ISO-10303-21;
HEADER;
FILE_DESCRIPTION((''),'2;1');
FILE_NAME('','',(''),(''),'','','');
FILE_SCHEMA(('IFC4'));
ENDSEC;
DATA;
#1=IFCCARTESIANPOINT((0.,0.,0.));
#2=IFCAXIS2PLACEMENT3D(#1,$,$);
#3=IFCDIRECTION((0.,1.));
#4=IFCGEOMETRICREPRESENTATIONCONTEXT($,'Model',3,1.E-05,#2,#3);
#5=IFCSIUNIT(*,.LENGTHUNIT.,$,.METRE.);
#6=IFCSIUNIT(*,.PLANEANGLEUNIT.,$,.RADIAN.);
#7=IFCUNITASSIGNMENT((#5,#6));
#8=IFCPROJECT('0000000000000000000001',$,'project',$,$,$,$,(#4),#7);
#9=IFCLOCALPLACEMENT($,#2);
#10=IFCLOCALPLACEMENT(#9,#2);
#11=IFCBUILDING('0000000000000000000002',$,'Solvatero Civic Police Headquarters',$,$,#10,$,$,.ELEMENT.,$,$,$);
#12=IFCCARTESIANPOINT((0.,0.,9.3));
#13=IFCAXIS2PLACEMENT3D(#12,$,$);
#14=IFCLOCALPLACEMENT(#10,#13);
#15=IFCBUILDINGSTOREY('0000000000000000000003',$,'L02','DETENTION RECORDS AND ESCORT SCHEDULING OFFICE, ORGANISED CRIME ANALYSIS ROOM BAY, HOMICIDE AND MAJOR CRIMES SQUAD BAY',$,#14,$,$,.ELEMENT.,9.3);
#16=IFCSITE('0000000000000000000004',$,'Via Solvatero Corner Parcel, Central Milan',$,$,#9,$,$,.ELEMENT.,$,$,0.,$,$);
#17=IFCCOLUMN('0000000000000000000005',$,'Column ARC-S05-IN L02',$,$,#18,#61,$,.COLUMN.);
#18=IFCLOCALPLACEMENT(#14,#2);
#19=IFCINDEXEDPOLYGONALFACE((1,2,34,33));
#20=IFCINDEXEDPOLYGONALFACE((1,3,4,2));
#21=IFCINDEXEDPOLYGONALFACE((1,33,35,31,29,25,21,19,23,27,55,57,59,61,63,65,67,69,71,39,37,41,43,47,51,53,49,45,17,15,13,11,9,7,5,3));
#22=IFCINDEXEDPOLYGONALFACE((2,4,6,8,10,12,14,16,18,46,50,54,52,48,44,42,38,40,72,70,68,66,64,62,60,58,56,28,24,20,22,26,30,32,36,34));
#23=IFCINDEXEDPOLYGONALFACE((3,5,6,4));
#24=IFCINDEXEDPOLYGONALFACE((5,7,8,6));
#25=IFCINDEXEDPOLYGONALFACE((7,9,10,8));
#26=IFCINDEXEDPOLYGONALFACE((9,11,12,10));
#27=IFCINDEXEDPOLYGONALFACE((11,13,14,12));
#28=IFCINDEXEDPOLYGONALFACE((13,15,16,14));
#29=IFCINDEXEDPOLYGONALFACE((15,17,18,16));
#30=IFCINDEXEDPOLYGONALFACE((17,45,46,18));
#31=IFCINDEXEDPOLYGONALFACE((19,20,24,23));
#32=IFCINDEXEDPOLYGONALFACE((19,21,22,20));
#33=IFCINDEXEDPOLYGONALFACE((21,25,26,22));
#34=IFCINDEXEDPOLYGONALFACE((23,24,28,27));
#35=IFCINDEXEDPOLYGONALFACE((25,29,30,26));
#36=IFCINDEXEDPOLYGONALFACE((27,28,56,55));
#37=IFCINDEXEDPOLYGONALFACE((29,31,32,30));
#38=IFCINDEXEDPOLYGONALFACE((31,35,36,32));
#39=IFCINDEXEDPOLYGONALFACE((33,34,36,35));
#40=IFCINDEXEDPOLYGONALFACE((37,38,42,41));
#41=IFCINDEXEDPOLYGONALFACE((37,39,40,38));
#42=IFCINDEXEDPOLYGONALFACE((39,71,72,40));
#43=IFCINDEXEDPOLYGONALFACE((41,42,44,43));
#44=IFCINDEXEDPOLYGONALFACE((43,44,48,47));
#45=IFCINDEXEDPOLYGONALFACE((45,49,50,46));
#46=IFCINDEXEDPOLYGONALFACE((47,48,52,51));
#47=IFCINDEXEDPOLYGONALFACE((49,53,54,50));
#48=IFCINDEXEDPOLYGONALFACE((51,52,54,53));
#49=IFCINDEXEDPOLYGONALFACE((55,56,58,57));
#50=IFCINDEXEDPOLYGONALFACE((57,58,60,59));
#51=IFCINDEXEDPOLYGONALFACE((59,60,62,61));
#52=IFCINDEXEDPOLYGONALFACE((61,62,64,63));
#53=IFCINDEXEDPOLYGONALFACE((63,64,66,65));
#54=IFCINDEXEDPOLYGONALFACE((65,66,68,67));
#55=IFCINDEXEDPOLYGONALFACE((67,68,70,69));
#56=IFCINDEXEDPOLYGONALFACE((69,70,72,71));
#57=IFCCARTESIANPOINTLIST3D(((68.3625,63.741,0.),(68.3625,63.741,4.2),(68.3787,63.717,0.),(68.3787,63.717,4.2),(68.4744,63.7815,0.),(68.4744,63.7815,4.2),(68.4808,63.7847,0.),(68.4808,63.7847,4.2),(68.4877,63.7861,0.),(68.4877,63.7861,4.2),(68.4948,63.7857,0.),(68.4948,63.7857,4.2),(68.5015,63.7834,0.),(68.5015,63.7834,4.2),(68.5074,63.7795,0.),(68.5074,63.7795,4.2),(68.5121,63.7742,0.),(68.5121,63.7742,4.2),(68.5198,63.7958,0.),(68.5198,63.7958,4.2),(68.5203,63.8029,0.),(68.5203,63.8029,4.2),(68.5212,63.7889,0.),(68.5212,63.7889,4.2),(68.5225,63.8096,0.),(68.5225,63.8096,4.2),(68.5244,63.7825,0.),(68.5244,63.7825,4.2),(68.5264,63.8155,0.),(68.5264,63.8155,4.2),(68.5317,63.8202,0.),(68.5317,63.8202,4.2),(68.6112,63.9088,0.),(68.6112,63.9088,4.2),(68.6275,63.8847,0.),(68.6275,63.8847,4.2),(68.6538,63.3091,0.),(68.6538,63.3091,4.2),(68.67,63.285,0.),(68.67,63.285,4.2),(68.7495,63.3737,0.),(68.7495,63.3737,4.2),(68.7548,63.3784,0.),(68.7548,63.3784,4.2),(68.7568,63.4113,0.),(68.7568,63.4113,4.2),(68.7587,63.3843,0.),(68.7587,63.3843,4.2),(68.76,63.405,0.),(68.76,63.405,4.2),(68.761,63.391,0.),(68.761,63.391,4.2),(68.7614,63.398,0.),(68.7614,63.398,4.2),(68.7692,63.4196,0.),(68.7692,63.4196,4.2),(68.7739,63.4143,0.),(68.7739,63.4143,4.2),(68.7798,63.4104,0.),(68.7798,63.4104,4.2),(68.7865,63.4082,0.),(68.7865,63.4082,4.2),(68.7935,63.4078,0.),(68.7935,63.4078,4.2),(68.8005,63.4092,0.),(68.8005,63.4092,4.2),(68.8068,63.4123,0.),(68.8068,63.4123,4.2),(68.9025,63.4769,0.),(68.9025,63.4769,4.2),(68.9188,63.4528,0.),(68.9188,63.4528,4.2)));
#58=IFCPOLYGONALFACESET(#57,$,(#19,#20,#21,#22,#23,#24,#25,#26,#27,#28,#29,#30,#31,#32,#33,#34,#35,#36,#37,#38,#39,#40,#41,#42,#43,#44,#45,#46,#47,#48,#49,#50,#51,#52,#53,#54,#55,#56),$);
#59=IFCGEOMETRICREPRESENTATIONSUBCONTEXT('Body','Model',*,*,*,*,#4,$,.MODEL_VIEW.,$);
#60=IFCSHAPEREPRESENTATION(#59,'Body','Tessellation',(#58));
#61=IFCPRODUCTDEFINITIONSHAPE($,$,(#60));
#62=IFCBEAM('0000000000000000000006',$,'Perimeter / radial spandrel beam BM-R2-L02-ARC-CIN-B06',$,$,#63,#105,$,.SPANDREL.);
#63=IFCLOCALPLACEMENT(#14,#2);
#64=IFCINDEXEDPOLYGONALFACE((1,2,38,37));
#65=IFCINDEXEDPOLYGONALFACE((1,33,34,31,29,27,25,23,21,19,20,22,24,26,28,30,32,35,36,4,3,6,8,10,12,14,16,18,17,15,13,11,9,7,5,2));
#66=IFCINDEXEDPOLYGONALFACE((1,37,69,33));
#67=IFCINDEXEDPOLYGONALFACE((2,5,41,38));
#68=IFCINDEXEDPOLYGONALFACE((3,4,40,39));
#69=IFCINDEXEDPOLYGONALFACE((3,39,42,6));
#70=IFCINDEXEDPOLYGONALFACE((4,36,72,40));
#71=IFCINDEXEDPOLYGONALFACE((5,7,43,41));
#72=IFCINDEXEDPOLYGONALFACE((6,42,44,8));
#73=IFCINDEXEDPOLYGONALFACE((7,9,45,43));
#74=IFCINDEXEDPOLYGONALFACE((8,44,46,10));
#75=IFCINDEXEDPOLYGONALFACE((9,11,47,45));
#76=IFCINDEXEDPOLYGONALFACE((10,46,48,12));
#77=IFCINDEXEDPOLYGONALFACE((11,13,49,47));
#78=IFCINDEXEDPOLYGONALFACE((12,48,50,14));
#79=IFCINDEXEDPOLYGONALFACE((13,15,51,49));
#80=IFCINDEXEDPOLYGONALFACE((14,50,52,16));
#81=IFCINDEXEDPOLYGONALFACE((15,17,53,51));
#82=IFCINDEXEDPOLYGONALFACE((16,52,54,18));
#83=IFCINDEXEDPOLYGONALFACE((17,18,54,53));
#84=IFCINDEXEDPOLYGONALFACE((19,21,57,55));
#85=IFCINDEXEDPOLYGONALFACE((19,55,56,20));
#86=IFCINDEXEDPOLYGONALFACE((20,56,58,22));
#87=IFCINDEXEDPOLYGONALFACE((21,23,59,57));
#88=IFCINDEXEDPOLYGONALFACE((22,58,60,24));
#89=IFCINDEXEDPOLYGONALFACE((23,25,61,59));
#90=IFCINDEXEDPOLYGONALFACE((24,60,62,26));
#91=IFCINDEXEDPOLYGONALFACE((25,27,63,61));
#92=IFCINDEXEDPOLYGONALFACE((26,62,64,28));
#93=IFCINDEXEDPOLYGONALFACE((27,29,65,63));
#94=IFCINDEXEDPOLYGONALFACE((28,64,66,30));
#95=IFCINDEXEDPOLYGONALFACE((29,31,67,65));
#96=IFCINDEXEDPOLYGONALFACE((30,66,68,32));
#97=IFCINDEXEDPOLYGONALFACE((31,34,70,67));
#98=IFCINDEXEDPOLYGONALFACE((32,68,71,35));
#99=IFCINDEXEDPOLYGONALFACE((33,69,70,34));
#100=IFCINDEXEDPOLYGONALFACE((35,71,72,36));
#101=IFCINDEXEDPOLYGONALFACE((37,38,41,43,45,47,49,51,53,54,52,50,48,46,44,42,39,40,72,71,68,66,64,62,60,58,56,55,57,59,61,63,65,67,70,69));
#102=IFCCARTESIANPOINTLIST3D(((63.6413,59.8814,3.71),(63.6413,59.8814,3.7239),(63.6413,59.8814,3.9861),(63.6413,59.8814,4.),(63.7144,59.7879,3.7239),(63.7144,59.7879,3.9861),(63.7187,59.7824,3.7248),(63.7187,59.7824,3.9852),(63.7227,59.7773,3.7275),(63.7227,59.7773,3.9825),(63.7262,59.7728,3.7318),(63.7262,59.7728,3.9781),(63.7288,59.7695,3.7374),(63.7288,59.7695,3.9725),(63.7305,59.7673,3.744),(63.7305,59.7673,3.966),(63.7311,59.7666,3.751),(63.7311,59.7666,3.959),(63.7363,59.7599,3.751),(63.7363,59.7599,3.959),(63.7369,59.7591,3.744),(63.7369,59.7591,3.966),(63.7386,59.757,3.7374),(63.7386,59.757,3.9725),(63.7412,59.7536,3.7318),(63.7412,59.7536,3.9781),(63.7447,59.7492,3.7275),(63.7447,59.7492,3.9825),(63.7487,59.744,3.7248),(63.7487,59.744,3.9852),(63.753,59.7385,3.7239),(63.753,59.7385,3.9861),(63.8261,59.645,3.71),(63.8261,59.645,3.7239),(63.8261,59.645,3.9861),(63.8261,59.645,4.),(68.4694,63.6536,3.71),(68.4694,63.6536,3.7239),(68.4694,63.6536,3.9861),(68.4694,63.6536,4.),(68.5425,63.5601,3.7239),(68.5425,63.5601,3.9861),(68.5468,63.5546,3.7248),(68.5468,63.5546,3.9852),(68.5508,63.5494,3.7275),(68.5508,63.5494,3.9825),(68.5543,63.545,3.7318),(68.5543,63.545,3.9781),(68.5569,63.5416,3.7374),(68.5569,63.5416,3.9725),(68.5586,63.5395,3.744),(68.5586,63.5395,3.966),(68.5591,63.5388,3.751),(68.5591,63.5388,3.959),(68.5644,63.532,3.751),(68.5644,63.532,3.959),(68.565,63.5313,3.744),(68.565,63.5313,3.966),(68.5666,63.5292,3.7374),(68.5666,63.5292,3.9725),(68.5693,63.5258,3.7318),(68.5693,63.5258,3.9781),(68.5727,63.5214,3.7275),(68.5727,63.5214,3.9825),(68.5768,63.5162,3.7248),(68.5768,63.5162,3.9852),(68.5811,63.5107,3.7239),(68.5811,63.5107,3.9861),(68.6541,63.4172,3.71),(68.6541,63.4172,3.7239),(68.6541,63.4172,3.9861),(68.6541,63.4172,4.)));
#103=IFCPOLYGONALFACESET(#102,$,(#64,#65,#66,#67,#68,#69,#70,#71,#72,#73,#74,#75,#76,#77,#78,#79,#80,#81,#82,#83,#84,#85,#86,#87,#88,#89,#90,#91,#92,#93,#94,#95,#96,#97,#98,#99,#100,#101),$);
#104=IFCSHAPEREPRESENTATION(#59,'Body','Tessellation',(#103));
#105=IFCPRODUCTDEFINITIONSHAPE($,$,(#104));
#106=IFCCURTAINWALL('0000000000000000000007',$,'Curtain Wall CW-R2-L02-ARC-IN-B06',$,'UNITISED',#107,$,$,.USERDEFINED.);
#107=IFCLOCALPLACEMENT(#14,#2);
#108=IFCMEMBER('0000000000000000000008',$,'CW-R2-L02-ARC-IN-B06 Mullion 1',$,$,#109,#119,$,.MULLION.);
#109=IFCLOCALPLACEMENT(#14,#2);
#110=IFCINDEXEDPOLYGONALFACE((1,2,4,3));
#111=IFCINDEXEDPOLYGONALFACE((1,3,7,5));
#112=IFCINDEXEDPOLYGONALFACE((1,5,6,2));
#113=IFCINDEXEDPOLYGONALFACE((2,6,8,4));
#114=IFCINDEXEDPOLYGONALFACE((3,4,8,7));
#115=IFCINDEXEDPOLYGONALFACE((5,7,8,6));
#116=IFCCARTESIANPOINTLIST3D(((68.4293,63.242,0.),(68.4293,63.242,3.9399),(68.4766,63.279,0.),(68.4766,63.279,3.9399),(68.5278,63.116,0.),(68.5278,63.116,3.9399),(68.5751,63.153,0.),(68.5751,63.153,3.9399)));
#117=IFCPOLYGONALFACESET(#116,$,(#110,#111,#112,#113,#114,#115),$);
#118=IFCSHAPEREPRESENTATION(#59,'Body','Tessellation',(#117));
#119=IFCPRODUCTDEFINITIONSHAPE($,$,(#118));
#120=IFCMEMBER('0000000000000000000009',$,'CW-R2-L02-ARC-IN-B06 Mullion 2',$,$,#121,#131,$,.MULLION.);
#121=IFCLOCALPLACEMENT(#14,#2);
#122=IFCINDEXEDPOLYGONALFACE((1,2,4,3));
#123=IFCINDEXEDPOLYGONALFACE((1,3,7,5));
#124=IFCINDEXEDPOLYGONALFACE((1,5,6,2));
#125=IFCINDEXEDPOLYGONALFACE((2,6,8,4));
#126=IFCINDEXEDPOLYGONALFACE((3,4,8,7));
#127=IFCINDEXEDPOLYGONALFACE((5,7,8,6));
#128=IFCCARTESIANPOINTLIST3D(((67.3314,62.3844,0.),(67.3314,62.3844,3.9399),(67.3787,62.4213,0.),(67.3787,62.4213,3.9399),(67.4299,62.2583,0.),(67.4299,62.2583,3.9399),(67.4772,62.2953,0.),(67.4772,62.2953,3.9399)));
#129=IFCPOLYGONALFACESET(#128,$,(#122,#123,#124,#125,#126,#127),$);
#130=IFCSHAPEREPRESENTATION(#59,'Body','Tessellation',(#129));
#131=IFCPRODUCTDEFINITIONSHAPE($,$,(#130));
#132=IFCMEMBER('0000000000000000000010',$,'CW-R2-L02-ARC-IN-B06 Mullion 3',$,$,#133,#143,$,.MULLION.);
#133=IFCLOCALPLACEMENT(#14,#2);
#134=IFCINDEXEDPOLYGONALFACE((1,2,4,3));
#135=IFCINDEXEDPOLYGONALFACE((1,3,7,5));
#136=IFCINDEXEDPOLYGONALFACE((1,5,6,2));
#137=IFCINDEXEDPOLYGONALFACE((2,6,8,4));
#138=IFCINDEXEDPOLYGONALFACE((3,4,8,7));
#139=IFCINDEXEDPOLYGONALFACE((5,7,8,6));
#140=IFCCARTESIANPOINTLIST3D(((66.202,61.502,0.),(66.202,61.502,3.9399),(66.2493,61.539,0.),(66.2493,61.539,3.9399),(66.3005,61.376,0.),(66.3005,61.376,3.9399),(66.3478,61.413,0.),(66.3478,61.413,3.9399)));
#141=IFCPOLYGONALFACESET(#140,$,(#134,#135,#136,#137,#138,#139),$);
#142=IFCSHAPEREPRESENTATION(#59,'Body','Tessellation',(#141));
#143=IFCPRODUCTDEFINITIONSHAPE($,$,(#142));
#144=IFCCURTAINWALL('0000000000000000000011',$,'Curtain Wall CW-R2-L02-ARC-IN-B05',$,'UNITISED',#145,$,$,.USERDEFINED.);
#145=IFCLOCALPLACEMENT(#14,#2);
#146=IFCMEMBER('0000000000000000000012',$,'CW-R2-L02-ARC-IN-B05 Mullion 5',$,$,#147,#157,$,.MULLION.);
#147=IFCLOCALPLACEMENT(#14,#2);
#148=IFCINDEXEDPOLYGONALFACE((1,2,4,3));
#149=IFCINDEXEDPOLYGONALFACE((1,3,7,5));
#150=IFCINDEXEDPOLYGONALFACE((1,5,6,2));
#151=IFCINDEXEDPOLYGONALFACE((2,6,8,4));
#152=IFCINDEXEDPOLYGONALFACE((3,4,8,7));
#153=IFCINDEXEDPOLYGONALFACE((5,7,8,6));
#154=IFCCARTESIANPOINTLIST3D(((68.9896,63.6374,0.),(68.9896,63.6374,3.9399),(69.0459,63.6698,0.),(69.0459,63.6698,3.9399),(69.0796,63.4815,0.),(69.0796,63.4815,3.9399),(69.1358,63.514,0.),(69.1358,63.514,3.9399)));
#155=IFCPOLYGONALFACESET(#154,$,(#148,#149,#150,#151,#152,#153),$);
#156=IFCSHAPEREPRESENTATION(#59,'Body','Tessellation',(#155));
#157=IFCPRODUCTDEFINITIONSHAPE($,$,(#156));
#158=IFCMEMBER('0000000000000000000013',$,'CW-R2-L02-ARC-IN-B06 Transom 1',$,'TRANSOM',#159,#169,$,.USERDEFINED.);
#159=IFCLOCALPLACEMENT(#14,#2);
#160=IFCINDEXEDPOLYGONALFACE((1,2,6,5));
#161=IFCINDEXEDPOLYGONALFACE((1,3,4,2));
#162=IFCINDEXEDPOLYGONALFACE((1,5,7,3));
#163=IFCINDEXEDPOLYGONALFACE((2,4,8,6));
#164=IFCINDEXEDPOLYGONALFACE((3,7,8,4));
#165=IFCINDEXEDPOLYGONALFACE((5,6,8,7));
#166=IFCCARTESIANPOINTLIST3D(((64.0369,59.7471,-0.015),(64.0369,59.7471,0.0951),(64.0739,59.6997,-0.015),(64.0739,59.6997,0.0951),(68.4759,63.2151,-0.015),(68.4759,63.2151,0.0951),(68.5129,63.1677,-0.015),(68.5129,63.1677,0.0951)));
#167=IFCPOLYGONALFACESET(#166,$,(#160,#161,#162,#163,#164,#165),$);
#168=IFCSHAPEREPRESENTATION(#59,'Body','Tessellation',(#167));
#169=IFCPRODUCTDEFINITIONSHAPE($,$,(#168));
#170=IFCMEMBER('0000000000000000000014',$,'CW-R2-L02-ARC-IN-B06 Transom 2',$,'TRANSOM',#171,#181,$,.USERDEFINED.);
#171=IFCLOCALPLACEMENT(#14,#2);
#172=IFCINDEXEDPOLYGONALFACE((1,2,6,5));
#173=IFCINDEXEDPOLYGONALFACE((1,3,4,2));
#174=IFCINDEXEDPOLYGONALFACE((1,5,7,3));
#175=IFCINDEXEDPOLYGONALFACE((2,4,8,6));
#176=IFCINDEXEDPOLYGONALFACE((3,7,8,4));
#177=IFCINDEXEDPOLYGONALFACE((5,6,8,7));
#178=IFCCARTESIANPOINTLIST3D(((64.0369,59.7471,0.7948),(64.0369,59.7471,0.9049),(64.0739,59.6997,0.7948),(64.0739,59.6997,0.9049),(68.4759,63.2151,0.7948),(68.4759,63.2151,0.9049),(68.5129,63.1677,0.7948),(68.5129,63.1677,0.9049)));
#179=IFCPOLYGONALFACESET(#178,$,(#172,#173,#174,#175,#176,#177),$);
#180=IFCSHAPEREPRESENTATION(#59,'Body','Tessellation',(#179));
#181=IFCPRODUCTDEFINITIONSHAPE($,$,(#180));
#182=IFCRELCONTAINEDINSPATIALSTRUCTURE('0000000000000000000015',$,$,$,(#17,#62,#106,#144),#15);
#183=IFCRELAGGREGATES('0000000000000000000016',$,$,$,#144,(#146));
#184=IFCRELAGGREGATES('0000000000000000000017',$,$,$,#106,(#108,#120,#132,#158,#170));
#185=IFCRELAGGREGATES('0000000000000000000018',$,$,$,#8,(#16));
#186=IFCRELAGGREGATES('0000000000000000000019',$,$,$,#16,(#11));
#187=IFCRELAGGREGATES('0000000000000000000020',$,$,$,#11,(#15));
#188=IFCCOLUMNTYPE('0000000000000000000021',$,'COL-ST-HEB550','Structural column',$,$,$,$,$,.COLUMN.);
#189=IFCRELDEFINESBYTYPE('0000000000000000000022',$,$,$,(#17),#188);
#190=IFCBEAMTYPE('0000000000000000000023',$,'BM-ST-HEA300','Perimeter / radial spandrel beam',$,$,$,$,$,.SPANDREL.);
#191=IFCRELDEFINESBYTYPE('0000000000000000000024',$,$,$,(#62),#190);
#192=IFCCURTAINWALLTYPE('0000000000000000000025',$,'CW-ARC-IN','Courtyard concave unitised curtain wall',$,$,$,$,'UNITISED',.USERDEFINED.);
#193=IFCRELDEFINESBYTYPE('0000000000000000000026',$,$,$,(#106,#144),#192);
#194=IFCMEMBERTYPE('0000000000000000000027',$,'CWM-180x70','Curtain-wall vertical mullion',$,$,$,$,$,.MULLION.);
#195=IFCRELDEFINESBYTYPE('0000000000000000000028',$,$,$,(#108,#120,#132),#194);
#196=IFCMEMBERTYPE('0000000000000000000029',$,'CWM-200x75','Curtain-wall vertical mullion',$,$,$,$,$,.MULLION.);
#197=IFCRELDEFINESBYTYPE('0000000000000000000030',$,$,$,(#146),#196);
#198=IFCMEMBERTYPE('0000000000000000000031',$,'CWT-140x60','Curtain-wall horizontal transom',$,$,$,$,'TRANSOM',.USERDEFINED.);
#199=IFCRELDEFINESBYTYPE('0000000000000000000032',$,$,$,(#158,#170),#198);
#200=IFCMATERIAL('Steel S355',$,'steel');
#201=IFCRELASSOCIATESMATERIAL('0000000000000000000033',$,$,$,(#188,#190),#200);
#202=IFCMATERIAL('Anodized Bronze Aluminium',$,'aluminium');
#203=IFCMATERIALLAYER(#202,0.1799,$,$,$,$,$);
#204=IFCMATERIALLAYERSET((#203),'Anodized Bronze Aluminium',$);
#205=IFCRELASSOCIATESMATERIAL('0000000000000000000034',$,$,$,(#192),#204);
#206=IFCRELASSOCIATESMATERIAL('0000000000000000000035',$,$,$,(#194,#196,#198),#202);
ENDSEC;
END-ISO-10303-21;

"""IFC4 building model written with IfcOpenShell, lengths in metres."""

from ifc_helpers import new_model, si_unit, direction, frame, origin, origin_2d, place, context, subcontext, project, spatial, rectangle, i_section, extrude, material, layer, layer_set, material_profile, profile_set, type_object, element, aggregate, save


model = new_model("IFC4")

# Units and contexts
model_context = context("Model", 3, precision=1e-05, world=origin(), true_north=direction((0.0, 1.0)))
body_context = subcontext(model_context, "Body", "Model", "MODEL_VIEW")
ifc_project = project(units=[si_unit("LENGTHUNIT", "METRE"), si_unit("PLANEANGLEUNIT", "RADIAN")], contexts=[model_context])

# Site, building, storey
site_placement = place(None, origin())
site = spatial("IfcSite", under=ifc_project, at=site_placement, Name="Via Solvatero Corner Parcel, Central Milan", CompositionType="ELEMENT", RefElevation=0.0)
building_placement = place(site_placement, origin())
building = spatial("IfcBuilding", under=site, at=building_placement, Name="Solvatero Civic Police Headquarters", CompositionType="ELEMENT")
storey_placement = place(building_placement, frame((0.0, 0.0, 9.3)))
storey = spatial("IfcBuildingStorey", under=building, at=storey_placement, Name="L02", Description="DETENTION RECORDS AND ESCORT SCHEDULING OFFICE, ORGANISED CRIME ANALYSIS ROOM BAY, HOMICIDE AND MAJOR CRIMES SQUAD BAY", CompositionType="ELEMENT", Elevation=9.3)

# Column
ifc_material_1 = material(Name="Steel S355", Category="steel")
ifc_material_profile_1 = material_profile(ifc_material_1, i_section(OverallWidth=0.3, OverallDepth=0.55, WebThickness=0.0149, FlangeThickness=0.0291, FilletRadius=0.0271, at=origin_2d()), Name="HEB 550")
ifc_profile_set_1 = profile_set([ifc_material_profile_1], Name="Steel S355")
column_type = type_object("IfcColumnType", Name="COL-ST-HEB550", Description="Structural column", PredefinedType="COLUMN", material=ifc_profile_set_1)
column_placement = place(storey_placement, frame((68.6406, 63.5969, 0.0), z_axis=(0.0, 0.0, 1.0), x_axis=(0.829038, 0.559193, 0.0)))
element("IfcColumn", 1, at=column_placement, inside=storey, type_object=column_type, Name="Column ARC-S05-IN L02", PredefinedType="COLUMN", context=body_context, shape_type="SweptSolid", body=[
    extrude(i_section(OverallWidth=0.3, OverallDepth=0.55, WebThickness=0.0149, FlangeThickness=0.0291, FilletRadius=0.0271, at=origin_2d()), origin(), (0.0, 0.0, 1.0), 4.2),
])

# Beam
ifc_material_profile_2 = material_profile(ifc_material_1, i_section(OverallWidth=0.3, OverallDepth=0.29, WebThickness=0.0085, FlangeThickness=0.0139, FilletRadius=0.0271, at=origin_2d()), Name="HEA 300")
ifc_profile_set_2 = profile_set([ifc_material_profile_2], Name="Steel S355")
beam_type = type_object("IfcBeamType", Name="BM-ST-HEA300", Description="Perimeter / radial spandrel beam", PredefinedType="SPANDREL", material=ifc_profile_set_2)
beam_placement = place(storey_placement, frame((68.5618, 63.5354, 3.855), z_axis=(-0.788005, -0.615669, 0.0), x_axis=(0.615669, -0.788005, 0.0)))
element("IfcBeam", 2, at=beam_placement, inside=storey, type_object=beam_type, Name="Perimeter / radial spandrel beam BM-R2-L02-ARC-CIN-B06", PredefinedType="SPANDREL", context=body_context, shape_type="SweptSolid", body=[
    extrude(i_section(OverallWidth=0.3, OverallDepth=0.29, WebThickness=0.0085, FlangeThickness=0.0139, FilletRadius=0.0271, at=origin_2d()), origin(), (0.0, 0.0, 1.0), 6.127),
])

# Curtain wall, members
ifc_material_2 = material(Name="Anodized Bronze Aluminium", Category="aluminium")
ifc_layer_1 = layer(ifc_material_2, 0.1799)
ifc_layer_set_1 = layer_set([ifc_layer_1], Name="Anodized Bronze Aluminium")
curtain_wall_type = type_object("IfcCurtainWallType", Name="CW-ARC-IN", Description="Courtyard concave unitised curtain wall", ElementType="UNITISED", PredefinedType="USERDEFINED", material=ifc_layer_set_1)
curtain_wall_1_placement = place(storey_placement, origin())
curtain_wall_1 = element("IfcCurtainWall", 3, at=curtain_wall_1_placement, inside=storey, type_object=curtain_wall_type, Name="Curtain Wall CW-R2-L02-ARC-IN-B06", ObjectType="UNITISED", PredefinedType="USERDEFINED")
ifc_material_profile_3 = material_profile(ifc_material_2, rectangle(XDim=0.0601, YDim=0.1599, at=origin_2d()), Name="ALU MULLION 60x160")
ifc_profile_set_3 = profile_set([ifc_material_profile_3], Name="Anodized Bronze Aluminium")
member_type_1 = type_object("IfcMemberType", Name="CWM-180x70", Description="Curtain-wall vertical mullion", PredefinedType="MULLION", material=ifc_profile_set_3)
member_1_placement = place(storey_placement, frame((68.5022, 63.1975, 0.0), z_axis=(0.0, 0.0, 1.0), x_axis=(-0.788011, -0.615661, 0.0)))
member_1 = element("IfcMember", 4, at=member_1_placement, type_object=member_type_1, Name="CW-R2-L02-ARC-IN-B06 Mullion 1", PredefinedType="MULLION", context=body_context, shape_type="SweptSolid", body=[
    extrude(rectangle(XDim=0.0601, YDim=0.1599, at=origin_2d()), origin(), (0.0, 0.0, 1.0), 3.9399),
])
member_2_placement = place(storey_placement, frame((67.4043, 62.3398, 0.0), z_axis=(0.0, 0.0, 1.0), x_axis=(-0.788011, -0.615661, 0.0)))
member_2 = element("IfcMember", 5, at=member_2_placement, type_object=member_type_1, Name="CW-R2-L02-ARC-IN-B06 Mullion 2", PredefinedType="MULLION", context=body_context, shape_type="SweptSolid", body=[
    extrude(rectangle(XDim=0.0601, YDim=0.1599, at=origin_2d()), origin(), (0.0, 0.0, 1.0), 3.9399),
])
member_3_placement = place(storey_placement, frame((66.2749, 61.4575, 0.0), z_axis=(0.0, 0.0, 1.0), x_axis=(-0.788011, -0.615661, 0.0)))
member_3 = element("IfcMember", 6, at=member_3_placement, type_object=member_type_1, Name="CW-R2-L02-ARC-IN-B06 Mullion 3", PredefinedType="MULLION", context=body_context, shape_type="SweptSolid", body=[
    extrude(rectangle(XDim=0.0601, YDim=0.1599, at=origin_2d()), origin(), (0.0, 0.0, 1.0), 3.9399),
])

# Curtain wall, member
curtain_wall_2_placement = place(storey_placement, origin())
curtain_wall_2 = element("IfcCurtainWall", 7, at=curtain_wall_2_placement, inside=storey, type_object=curtain_wall_type, Name="Curtain Wall CW-R2-L02-ARC-IN-B05", ObjectType="UNITISED", PredefinedType="USERDEFINED")
ifc_material_profile_4 = material_profile(ifc_material_2, rectangle(XDim=0.0649, YDim=0.1799, at=origin_2d()), Name="ALU MULLION 65x180")
ifc_profile_set_4 = profile_set([ifc_material_profile_4], Name="Anodized Bronze Aluminium")
member_type_2 = type_object("IfcMemberType", Name="CWM-200x75", Description="Curtain-wall vertical mullion", PredefinedType="MULLION", material=ifc_profile_set_4)
member_4_placement = place(storey_placement, frame((69.0627, 63.5757, 0.0), z_axis=(0.0, 0.0, 1.0), x_axis=(-0.866025, -0.5, 0.0)))
member_4 = element("IfcMember", 8, at=member_4_placement, type_object=member_type_2, Name="CW-R2-L02-ARC-IN-B05 Mullion 5", PredefinedType="MULLION", context=body_context, shape_type="SweptSolid", body=[
    extrude(rectangle(XDim=0.0649, YDim=0.1799, at=origin_2d()), origin(), (0.0, 0.0, 1.0), 3.9399),
])
aggregate(curtain_wall_2, [member_4])

# Members
ifc_material_profile_5 = material_profile(ifc_material_2, rectangle(XDim=0.0601, YDim=0.1101, at=origin_2d()), Name="ALU TRANSOM 60x110")
ifc_profile_set_5 = profile_set([ifc_material_profile_5], Name="Anodized Bronze Aluminium")
member_type_3 = type_object("IfcMemberType", Name="CWT-140x60", Description="Curtain-wall horizontal transom", ElementType="TRANSOM", PredefinedType="USERDEFINED", material=ifc_profile_set_5)
member_5_placement = place(storey_placement, frame((68.4944, 63.1914, 0.04), z_axis=(-0.788018, -0.615652, 0.0), x_axis=(0.615652, -0.788018, 0.0)))
member_5 = element("IfcMember", 9, at=member_5_placement, type_object=member_type_3, Name="CW-R2-L02-ARC-IN-B06 Transom 1", ObjectType="TRANSOM", PredefinedType="USERDEFINED", context=body_context, shape_type="SweptSolid", body=[
    extrude(rectangle(XDim=0.0601, YDim=0.1101, at=origin_2d()), origin(), (0.0, 0.0, 1.0), 5.6331),
])
member_6_placement = place(storey_placement, frame((68.4944, 63.1914, 0.8499), z_axis=(-0.788018, -0.615652, 0.0), x_axis=(0.615652, -0.788018, 0.0)))
member_6 = element("IfcMember", 10, at=member_6_placement, type_object=member_type_3, Name="CW-R2-L02-ARC-IN-B06 Transom 2", ObjectType="TRANSOM", PredefinedType="USERDEFINED", context=body_context, shape_type="SweptSolid", body=[
    extrude(rectangle(XDim=0.0601, YDim=0.1101, at=origin_2d()), origin(), (0.0, 0.0, 1.0), 5.6331),
])

aggregate(curtain_wall_1, [member_1, member_2, member_3, member_5, member_6])

save(model, "model.ifc")
